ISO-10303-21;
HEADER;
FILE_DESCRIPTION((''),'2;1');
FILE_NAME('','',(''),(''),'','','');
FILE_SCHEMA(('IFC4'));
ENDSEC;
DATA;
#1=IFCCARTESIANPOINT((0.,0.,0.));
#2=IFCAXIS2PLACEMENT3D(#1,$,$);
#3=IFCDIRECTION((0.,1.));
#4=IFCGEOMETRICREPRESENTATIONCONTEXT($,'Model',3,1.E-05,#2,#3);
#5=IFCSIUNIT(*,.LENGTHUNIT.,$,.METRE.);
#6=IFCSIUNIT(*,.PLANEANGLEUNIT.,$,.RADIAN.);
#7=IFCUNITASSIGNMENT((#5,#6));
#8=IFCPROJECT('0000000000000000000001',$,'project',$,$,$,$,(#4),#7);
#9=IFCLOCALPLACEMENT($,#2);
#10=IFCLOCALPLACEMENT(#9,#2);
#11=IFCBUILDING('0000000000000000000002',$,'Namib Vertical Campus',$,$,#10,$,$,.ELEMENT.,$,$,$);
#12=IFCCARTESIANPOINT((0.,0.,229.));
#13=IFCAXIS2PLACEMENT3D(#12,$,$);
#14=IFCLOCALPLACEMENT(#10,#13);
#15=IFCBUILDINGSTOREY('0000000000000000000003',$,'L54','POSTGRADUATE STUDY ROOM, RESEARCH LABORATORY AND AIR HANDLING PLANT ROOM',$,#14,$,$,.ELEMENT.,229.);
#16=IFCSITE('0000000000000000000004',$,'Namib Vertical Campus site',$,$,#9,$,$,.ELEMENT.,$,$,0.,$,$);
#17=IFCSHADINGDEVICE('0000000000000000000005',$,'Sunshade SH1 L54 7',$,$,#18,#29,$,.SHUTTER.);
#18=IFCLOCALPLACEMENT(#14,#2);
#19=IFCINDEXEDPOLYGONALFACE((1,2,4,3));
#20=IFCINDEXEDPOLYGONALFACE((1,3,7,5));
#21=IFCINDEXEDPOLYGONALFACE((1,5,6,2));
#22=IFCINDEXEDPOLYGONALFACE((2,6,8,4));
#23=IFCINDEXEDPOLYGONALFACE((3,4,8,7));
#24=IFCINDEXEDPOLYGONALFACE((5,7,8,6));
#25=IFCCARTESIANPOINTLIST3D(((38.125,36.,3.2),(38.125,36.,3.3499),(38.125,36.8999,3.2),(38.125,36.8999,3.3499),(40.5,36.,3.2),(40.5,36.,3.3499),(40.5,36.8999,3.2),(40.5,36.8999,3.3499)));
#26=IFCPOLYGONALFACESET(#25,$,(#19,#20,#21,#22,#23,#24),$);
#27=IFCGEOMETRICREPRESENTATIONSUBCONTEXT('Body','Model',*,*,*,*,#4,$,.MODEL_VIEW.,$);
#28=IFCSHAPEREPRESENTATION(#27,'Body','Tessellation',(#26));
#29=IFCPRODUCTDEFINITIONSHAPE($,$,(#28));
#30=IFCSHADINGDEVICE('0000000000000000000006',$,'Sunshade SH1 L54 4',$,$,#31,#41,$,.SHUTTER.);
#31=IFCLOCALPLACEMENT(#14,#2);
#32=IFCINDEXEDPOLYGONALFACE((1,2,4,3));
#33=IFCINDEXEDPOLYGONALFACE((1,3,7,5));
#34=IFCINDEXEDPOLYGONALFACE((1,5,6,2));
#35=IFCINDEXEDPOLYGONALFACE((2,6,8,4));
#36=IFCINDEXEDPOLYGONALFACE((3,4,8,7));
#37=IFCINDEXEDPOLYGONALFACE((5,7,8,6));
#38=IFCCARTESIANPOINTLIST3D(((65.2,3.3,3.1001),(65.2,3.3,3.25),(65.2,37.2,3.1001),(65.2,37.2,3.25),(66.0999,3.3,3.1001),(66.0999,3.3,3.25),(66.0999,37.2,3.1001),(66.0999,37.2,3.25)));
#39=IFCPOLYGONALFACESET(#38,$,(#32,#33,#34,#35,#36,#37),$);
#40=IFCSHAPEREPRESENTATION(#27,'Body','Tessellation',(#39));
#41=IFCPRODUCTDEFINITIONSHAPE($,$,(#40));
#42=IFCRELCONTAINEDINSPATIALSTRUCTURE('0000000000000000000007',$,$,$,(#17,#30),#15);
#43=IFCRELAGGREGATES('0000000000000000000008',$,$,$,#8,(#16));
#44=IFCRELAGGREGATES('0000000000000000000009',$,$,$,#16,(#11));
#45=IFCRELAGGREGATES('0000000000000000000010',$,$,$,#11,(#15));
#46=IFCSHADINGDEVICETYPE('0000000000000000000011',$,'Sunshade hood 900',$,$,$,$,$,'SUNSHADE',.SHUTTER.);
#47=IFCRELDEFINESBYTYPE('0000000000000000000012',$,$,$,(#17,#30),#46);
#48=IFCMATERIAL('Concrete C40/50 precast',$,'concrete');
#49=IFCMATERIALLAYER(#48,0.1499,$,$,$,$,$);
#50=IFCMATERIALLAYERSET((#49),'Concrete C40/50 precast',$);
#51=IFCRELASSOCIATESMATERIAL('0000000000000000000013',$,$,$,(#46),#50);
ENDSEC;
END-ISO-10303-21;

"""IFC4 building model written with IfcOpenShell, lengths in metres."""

from ifc_helpers import new_model, si_unit, direction, frame, origin, origin_2d, place, context, subcontext, project, spatial, rectangle, extrude, material, layer, layer_set, type_object, element, save


model = new_model("IFC4")

# Units and contexts
model_context = context("Model", 3, precision=1e-05, world=origin(), true_north=direction((0.0, 1.0)))
body_context = subcontext(model_context, "Body", "Model", "MODEL_VIEW")
ifc_project = project(units=[si_unit("LENGTHUNIT", "METRE"), si_unit("PLANEANGLEUNIT", "RADIAN")], contexts=[model_context])

# Site, building, storey
site_placement = place(None, origin())
site = spatial("IfcSite", under=ifc_project, at=site_placement, Name="Namib Vertical Campus site", CompositionType="ELEMENT", RefElevation=0.0)
building_placement = place(site_placement, origin())
building = spatial("IfcBuilding", under=site, at=building_placement, Name="Namib Vertical Campus", CompositionType="ELEMENT")
storey_placement = place(building_placement, frame((0.0, 0.0, 229.0)))
storey = spatial("IfcBuildingStorey", under=building, at=storey_placement, Name="L54", Description="POSTGRADUATE STUDY ROOM, RESEARCH LABORATORY AND AIR HANDLING PLANT ROOM", CompositionType="ELEMENT", Elevation=229.0)

# Shading devices
ifc_material_1 = material(Name="Concrete C40/50 precast", Category="concrete")
ifc_layer_1 = layer(ifc_material_1, 0.1499)
ifc_layer_set_1 = layer_set([ifc_layer_1], Name="Concrete C40/50 precast")
shading_device_type = type_object("IfcShadingDeviceType", Name="Sunshade hood 900", ElementType="SUNSHADE", PredefinedType="SHUTTER", material=ifc_layer_set_1)
shading_device_1_placement = place(storey_placement, frame((39.3125, 36.45, 3.2), z_axis=(0.0, 0.0, 1.0), x_axis=(-1.0, 0.0, 0.0)))
element("IfcShadingDevice", 1, at=shading_device_1_placement, inside=storey, type_object=shading_device_type, Name="Sunshade SH1 L54 7", PredefinedType="SHUTTER", context=body_context, shape_type="SweptSolid", body=[
    extrude(rectangle(XDim=2.375, YDim=0.8999, at=origin_2d()), origin(), (0.0, 0.0, 1.0), 0.1499),
])
shading_device_2_placement = place(storey_placement, frame((65.6499, 20.25, 3.1001), z_axis=(0.0, 0.0, 1.0), x_axis=(0.0, -1.0, 0.0)))
element("IfcShadingDevice", 2, at=shading_device_2_placement, inside=storey, type_object=shading_device_type, Name="Sunshade SH1 L54 4", PredefinedType="SHUTTER", context=body_context, shape_type="SweptSolid", body=[
    extrude(rectangle(XDim=33.8999, YDim=0.8999, at=origin_2d()), origin(), (0.0, 0.0, 1.0), 0.1499),
])

save(model, "model.ifc")
